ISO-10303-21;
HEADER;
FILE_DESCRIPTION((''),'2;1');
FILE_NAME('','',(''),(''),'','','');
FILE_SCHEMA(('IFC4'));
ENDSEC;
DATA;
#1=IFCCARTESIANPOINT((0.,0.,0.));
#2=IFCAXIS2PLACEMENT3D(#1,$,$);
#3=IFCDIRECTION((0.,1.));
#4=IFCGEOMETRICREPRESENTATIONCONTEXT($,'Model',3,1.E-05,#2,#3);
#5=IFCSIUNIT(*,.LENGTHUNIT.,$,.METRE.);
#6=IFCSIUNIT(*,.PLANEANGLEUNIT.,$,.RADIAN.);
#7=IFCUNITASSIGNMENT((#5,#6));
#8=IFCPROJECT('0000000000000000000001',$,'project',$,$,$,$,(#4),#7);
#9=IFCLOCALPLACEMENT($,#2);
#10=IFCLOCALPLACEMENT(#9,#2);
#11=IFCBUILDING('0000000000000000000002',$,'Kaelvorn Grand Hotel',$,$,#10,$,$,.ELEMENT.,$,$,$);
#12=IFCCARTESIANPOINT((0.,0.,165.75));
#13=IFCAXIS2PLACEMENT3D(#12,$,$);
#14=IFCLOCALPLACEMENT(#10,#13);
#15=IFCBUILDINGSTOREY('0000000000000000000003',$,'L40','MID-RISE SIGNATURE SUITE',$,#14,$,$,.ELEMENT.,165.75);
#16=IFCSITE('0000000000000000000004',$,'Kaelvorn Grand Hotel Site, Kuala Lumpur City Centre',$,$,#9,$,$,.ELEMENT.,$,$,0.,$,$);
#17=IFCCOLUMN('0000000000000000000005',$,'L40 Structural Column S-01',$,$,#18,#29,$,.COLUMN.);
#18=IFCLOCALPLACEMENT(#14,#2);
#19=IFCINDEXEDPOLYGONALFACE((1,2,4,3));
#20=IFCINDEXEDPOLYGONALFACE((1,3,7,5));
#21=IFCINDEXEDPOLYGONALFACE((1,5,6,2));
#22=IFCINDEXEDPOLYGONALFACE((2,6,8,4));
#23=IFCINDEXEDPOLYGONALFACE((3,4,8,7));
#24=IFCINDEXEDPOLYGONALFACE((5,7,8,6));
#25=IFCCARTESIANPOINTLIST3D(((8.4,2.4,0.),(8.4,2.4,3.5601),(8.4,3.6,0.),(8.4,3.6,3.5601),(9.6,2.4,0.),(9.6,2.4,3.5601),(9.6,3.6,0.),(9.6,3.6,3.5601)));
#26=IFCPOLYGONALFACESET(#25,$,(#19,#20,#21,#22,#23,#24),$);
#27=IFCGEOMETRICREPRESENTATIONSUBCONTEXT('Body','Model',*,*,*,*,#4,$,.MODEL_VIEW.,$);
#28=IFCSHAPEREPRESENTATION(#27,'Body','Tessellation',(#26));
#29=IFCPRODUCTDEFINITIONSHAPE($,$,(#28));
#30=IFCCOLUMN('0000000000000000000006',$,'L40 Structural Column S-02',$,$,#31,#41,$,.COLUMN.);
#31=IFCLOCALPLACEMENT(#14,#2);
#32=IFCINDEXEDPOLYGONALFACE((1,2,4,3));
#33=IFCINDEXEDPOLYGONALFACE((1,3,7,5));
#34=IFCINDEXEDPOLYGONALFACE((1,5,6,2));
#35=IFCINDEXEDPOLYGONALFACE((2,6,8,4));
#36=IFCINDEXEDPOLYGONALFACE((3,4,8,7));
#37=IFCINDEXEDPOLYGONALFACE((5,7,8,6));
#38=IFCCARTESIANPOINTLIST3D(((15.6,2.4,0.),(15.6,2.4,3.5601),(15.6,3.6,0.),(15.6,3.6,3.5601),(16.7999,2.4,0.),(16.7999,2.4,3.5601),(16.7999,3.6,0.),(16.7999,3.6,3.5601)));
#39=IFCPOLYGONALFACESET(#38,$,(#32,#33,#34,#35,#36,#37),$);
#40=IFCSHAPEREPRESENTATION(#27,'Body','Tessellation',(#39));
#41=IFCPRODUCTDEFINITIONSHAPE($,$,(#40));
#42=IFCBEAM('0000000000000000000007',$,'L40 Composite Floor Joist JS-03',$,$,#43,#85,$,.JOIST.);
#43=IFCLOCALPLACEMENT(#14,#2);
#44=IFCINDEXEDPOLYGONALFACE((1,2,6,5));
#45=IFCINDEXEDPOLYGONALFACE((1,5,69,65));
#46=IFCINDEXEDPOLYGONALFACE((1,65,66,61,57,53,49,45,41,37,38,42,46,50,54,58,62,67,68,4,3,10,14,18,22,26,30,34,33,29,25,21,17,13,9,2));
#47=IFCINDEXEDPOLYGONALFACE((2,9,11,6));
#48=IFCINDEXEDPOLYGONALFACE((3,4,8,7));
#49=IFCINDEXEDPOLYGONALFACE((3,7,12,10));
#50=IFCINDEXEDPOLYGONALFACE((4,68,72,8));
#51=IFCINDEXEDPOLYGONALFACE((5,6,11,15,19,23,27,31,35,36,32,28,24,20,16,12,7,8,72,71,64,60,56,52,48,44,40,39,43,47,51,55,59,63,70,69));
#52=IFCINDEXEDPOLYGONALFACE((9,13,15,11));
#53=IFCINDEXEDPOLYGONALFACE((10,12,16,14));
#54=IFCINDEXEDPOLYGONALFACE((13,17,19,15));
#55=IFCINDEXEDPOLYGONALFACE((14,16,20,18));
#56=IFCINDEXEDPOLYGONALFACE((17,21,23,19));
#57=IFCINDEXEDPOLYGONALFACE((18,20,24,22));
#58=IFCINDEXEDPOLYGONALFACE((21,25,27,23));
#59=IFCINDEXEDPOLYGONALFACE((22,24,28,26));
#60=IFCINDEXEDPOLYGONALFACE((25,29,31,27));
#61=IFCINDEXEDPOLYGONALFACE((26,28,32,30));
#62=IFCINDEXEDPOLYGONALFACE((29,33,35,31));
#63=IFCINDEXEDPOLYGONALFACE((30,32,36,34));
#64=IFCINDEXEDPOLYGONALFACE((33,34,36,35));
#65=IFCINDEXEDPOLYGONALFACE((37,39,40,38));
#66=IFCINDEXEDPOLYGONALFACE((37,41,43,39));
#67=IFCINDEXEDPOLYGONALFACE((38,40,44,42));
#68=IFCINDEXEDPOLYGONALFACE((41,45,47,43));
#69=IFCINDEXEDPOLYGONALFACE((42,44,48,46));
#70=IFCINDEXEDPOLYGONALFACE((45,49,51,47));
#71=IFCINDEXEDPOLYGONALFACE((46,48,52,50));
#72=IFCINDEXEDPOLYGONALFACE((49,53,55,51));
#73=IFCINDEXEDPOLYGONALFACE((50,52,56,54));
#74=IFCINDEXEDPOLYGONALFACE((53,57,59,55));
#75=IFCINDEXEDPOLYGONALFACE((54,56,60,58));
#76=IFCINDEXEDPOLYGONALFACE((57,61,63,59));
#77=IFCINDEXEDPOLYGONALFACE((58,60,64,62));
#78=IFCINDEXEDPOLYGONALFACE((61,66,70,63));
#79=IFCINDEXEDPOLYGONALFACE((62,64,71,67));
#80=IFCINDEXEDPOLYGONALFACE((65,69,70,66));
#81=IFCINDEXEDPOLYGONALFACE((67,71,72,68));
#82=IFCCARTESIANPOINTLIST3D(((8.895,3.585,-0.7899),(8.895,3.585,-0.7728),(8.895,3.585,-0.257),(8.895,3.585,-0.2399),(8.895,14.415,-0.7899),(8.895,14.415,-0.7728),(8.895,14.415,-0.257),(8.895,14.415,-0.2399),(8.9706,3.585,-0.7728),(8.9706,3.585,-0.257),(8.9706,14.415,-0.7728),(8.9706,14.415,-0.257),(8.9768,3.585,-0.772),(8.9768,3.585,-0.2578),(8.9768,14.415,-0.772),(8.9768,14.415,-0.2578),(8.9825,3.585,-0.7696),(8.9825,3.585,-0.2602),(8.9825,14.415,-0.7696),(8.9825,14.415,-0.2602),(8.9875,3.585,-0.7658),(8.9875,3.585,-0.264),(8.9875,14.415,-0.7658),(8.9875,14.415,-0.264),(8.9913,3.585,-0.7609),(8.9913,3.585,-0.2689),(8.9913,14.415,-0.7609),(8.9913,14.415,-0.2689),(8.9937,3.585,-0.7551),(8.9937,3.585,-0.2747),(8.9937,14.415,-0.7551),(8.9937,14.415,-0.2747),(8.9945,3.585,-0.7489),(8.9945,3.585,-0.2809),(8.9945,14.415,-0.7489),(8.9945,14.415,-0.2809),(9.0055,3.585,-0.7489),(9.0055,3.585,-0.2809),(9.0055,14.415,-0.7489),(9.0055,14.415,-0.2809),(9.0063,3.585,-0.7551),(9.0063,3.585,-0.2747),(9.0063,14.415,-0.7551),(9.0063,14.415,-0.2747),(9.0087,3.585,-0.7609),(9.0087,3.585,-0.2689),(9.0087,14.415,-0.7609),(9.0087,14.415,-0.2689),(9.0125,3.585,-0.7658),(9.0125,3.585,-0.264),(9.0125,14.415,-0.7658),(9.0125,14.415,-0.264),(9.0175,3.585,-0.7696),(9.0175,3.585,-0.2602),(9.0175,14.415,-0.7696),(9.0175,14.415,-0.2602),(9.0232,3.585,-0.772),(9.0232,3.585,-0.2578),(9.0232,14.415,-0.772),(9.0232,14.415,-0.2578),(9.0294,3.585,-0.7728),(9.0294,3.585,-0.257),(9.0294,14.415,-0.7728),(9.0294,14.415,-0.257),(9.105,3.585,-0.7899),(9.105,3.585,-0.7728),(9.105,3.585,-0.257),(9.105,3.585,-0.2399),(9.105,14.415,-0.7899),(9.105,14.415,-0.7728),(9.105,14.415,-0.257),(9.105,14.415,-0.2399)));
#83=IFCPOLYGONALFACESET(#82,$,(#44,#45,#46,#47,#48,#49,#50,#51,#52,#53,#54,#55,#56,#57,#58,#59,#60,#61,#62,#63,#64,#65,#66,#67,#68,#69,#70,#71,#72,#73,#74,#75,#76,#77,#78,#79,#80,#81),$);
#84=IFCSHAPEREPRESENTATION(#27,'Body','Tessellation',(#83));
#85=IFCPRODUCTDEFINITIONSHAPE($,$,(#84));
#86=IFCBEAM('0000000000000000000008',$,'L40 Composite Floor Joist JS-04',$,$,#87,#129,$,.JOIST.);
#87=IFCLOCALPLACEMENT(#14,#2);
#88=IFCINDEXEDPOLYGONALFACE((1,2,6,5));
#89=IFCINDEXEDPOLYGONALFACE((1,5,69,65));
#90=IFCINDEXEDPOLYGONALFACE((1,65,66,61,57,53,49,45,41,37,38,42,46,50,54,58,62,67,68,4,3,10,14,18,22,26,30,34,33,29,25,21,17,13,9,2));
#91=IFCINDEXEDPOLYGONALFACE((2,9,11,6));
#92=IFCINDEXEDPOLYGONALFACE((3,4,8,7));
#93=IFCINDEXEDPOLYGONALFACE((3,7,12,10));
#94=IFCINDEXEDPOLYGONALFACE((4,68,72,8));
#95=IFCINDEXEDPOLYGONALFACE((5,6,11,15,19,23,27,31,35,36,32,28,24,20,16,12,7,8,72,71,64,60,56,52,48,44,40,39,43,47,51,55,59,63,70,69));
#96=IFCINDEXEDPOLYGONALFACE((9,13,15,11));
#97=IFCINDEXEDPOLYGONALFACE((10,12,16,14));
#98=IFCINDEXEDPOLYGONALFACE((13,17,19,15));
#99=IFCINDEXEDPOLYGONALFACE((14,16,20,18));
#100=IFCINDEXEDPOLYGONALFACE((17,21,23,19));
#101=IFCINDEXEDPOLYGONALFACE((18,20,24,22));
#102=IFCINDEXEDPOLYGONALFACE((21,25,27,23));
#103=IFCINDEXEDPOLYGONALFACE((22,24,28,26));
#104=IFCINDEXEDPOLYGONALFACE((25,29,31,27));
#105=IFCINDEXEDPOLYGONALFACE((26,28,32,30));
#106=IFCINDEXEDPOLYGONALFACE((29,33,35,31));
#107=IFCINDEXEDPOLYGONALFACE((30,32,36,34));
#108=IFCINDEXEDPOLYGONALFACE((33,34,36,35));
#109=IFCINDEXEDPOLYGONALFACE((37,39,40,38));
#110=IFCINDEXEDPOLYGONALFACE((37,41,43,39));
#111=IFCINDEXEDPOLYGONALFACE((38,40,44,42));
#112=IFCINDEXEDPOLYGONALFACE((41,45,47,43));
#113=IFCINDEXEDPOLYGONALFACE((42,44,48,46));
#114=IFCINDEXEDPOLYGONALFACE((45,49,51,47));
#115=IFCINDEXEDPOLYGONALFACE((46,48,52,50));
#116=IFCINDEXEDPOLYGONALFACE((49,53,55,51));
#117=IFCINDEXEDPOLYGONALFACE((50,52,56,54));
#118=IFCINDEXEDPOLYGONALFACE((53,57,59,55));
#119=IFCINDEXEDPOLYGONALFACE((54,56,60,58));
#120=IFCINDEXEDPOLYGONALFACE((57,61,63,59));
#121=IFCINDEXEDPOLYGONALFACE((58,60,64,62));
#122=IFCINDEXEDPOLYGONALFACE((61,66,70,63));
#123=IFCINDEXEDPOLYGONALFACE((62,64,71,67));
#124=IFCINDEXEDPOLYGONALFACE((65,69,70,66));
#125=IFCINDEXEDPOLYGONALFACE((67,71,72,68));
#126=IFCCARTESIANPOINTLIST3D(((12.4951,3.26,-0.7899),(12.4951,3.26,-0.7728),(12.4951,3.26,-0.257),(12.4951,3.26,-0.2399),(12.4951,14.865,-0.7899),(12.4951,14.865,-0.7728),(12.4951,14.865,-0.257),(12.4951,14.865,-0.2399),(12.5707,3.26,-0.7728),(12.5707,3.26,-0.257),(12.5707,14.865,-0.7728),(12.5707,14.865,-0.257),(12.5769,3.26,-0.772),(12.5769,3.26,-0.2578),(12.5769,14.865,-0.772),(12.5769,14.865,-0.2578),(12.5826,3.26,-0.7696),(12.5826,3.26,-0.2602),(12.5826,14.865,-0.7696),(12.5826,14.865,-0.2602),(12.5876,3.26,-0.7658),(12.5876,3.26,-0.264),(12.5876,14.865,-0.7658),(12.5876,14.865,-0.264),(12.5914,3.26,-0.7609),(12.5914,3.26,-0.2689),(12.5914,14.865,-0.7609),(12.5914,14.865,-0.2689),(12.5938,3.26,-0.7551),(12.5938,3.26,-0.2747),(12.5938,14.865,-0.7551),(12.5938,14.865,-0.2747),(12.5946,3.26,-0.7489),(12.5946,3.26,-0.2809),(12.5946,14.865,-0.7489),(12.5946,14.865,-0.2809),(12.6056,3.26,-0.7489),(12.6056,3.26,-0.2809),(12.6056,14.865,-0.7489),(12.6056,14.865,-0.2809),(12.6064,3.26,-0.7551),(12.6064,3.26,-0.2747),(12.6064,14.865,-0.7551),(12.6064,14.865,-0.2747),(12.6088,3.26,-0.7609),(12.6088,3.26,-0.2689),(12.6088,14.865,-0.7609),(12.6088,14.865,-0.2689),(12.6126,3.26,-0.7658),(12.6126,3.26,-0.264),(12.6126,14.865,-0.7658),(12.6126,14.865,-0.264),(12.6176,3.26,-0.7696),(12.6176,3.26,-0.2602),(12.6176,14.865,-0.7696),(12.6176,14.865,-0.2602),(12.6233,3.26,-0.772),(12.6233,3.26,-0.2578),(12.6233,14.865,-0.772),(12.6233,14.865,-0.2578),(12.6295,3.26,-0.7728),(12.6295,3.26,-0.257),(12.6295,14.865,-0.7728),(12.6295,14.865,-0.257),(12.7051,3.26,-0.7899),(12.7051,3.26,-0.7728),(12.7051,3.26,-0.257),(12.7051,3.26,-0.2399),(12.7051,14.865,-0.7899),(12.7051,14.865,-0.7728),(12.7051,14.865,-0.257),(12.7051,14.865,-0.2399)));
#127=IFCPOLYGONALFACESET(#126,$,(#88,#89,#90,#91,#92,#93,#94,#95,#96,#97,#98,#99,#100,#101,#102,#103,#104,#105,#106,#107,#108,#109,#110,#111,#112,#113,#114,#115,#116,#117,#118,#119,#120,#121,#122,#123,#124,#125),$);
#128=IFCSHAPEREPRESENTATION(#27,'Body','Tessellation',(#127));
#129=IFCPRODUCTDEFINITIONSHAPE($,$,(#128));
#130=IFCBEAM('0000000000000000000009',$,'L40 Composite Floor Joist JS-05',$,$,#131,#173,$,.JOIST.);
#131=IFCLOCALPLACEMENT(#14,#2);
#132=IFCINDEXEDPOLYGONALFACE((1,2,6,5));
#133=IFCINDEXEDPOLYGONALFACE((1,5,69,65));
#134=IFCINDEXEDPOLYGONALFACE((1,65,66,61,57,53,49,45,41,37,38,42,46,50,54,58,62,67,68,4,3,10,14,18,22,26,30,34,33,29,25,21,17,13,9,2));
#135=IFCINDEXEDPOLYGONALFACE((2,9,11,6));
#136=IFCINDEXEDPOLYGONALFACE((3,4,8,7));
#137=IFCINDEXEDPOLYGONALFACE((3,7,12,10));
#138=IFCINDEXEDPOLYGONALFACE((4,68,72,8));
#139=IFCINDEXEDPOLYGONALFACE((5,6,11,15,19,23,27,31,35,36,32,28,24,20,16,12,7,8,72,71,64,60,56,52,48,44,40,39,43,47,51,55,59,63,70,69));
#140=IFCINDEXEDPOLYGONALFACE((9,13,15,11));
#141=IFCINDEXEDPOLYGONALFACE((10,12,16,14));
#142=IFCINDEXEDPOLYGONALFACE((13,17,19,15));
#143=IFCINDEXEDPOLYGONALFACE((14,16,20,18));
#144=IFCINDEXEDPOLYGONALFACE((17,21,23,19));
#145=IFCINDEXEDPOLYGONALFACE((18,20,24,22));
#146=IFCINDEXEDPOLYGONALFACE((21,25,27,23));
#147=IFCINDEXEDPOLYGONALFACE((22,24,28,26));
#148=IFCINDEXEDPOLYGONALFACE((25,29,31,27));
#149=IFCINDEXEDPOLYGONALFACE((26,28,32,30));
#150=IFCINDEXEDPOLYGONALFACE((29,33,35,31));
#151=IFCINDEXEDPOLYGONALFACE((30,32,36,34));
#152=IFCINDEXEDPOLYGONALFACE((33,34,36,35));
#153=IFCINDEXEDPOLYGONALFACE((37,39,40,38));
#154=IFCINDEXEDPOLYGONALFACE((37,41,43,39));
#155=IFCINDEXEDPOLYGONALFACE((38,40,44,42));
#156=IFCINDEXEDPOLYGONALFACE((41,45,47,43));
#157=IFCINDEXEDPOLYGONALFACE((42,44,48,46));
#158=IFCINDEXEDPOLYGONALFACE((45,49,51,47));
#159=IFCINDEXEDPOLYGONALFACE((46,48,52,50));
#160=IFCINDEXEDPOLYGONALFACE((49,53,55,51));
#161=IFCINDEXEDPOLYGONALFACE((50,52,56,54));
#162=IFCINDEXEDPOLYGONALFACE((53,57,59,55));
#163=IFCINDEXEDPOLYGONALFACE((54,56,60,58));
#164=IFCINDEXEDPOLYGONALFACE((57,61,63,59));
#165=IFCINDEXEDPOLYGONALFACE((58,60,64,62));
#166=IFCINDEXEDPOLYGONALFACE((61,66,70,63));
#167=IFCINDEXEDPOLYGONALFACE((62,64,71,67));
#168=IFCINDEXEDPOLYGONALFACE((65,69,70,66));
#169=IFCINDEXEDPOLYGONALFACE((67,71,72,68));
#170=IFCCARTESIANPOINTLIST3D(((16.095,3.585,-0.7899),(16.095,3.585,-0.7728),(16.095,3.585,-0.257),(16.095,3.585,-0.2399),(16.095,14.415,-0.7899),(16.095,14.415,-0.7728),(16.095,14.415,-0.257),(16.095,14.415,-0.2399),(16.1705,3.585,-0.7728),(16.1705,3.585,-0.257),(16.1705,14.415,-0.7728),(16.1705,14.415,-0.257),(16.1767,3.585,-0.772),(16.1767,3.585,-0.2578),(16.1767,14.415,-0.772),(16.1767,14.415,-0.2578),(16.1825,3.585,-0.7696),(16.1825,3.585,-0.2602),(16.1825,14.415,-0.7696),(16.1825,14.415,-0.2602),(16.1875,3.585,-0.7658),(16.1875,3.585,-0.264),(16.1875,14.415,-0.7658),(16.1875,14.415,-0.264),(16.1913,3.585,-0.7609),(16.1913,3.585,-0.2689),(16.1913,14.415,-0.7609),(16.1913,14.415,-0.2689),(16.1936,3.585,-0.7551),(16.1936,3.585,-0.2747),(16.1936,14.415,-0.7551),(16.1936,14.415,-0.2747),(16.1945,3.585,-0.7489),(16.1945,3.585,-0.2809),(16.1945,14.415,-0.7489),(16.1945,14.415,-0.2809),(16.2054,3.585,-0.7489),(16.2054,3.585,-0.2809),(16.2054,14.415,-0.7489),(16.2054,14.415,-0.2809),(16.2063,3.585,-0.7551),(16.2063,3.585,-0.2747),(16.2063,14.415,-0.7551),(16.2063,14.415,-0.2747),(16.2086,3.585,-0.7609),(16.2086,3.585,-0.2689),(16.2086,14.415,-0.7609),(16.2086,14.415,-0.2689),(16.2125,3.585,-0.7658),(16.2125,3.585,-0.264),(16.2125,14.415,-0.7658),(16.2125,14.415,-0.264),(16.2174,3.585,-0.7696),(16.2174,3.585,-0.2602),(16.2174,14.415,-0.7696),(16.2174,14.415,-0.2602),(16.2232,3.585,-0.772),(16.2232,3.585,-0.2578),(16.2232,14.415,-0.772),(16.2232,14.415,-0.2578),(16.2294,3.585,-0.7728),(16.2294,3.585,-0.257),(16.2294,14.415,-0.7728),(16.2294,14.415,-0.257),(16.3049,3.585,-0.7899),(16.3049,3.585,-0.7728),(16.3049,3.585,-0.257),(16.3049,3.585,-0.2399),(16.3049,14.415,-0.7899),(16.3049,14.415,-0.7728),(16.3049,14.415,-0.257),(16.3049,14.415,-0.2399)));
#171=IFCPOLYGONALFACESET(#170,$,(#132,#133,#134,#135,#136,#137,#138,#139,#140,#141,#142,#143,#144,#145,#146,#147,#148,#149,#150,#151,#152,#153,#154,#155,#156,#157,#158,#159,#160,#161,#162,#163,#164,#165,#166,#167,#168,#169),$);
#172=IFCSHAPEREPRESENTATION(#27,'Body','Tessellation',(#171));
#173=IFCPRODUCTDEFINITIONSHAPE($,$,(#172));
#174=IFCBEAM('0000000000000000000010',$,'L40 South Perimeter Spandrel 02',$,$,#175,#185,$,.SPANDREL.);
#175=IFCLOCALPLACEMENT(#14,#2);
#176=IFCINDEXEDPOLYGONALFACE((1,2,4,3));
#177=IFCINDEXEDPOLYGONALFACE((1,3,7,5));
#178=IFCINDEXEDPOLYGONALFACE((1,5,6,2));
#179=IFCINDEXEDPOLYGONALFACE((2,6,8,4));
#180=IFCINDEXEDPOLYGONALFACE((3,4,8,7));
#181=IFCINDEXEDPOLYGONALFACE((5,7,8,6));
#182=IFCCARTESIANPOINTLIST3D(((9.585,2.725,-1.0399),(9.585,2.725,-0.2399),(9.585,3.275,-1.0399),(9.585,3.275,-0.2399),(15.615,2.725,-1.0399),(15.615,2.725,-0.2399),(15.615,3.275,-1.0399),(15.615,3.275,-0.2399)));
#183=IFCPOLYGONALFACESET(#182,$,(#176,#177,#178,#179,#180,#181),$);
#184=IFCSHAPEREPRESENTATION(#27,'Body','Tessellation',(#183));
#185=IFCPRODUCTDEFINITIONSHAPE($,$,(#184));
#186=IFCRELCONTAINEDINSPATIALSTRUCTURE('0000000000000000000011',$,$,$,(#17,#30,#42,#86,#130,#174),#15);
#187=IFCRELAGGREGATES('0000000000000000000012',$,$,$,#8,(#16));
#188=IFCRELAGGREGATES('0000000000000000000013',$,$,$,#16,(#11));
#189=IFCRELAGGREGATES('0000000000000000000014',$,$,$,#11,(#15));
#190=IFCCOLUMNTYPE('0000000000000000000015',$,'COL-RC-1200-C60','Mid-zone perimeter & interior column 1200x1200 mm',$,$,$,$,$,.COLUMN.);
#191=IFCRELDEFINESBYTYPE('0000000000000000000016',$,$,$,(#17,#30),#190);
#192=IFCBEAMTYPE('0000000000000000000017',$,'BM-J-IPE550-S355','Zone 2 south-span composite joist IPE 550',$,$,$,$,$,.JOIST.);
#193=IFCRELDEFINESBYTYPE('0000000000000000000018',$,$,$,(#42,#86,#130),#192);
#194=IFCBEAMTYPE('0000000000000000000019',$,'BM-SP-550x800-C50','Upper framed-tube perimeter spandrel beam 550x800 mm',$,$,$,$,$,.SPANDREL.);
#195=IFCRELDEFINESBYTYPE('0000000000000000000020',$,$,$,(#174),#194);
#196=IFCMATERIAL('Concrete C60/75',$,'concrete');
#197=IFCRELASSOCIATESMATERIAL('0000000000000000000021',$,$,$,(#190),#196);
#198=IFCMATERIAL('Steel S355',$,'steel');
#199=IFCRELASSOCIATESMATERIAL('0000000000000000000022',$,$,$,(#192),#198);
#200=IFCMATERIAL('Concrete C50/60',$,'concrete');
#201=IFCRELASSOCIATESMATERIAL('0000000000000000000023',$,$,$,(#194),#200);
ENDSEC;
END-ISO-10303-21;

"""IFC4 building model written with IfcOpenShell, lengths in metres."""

from ifc_helpers import new_model, si_unit, direction, frame, origin, origin_2d, place, context, subcontext, project, spatial, rectangle, i_section, extrude, material, material_profile, profile_set, type_object, element, save


model = new_model("IFC4")

# Units and contexts
model_context = context("Model", 3, precision=1e-05, world=origin(), true_north=direction((0.0, 1.0)))
body_context = subcontext(model_context, "Body", "Model", "MODEL_VIEW")
ifc_project = project(units=[si_unit("LENGTHUNIT", "METRE"), si_unit("PLANEANGLEUNIT", "RADIAN")], contexts=[model_context])

# Site, building, storey
site_placement = place(None, origin())
site = spatial("IfcSite", under=ifc_project, at=site_placement, Name="Kaelvorn Grand Hotel Site, Kuala Lumpur City Centre", CompositionType="ELEMENT", RefElevation=0.0)
building_placement = place(site_placement, origin())
building = spatial("IfcBuilding", under=site, at=building_placement, Name="Kaelvorn Grand Hotel", CompositionType="ELEMENT")
storey_placement = place(building_placement, frame((0.0, 0.0, 165.75)))
storey = spatial("IfcBuildingStorey", under=building, at=storey_placement, Name="L40", Description="MID-RISE SIGNATURE SUITE", CompositionType="ELEMENT", Elevation=165.75)

# Columns
ifc_material_1 = material(Name="Concrete C60/75", Category="concrete")
ifc_material_profile_1 = material_profile(ifc_material_1, rectangle(XDim=1.2, YDim=1.2, at=origin_2d()), Name="RC COL 1200x1200")
ifc_profile_set_1 = profile_set([ifc_material_profile_1], Name="Concrete C60/75")
column_type = type_object("IfcColumnType", Name="COL-RC-1200-C60", Description="Mid-zone perimeter & interior column 1200x1200 mm", PredefinedType="COLUMN", material=ifc_profile_set_1)
for number, where, z_axis, x_axis, name in (
    (1, (9.0, 3.0, 0.0), (0.0, 0.0, 1.0), (1.0, 0.0, 0.0), "L40 Structural Column S-01"),
    (2, (16.2, 3.0, 0.0), (0.0, 0.0, 1.0), (1.0, 0.0, 0.0), "L40 Structural Column S-02"),
):
    element("IfcColumn", number, at=place(storey_placement, frame(where, z_axis=z_axis, x_axis=x_axis)), inside=storey, type_object=column_type, Name=name, PredefinedType="COLUMN", context=body_context, shape_type="SweptSolid", body=[
        extrude(rectangle(XDim=1.2, YDim=1.2, at=origin_2d()), origin(), (0.0, 0.0, 1.0), 3.5601),
    ])

# Beams
ifc_material_2 = material(Name="Steel S355", Category="steel")
ifc_material_profile_2 = material_profile(ifc_material_2, i_section(OverallWidth=0.21, OverallDepth=0.55, WebThickness=0.011, FlangeThickness=0.0171, FilletRadius=0.0239, at=origin_2d()), Name="IPE 550")
ifc_profile_set_2 = profile_set([ifc_material_profile_2], Name="Steel S355")
beam_type_1 = type_object("IfcBeamType", Name="BM-J-IPE550-S355", Description="Zone 2 south-span composite joist IPE 550", PredefinedType="JOIST", material=ifc_profile_set_2)
beam_1_placement = place(storey_placement, frame((9.0, 3.585, -0.5149), z_axis=(0.0, 1.0, 0.0), x_axis=(-1.0, 0.0, 0.0)))
element("IfcBeam", 3, at=beam_1_placement, inside=storey, type_object=beam_type_1, Name="L40 Composite Floor Joist JS-03", PredefinedType="JOIST", context=body_context, shape_type="SweptSolid", body=[
    extrude(i_section(OverallWidth=0.21, OverallDepth=0.55, WebThickness=0.011, FlangeThickness=0.0171, FilletRadius=0.0239, at=origin_2d()), origin(), (0.0, 0.0, 1.0), 10.8301),
])
beam_2_placement = place(storey_placement, frame((12.6001, 3.26, -0.5149), z_axis=(0.0, 1.0, 0.0), x_axis=(-1.0, 0.0, 0.0)))
element("IfcBeam", 4, at=beam_2_placement, inside=storey, type_object=beam_type_1, Name="L40 Composite Floor Joist JS-04", PredefinedType="JOIST", context=body_context, shape_type="SweptSolid", body=[
    extrude(i_section(OverallWidth=0.21, OverallDepth=0.55, WebThickness=0.011, FlangeThickness=0.0171, FilletRadius=0.0239, at=origin_2d()), origin(), (0.0, 0.0, 1.0), 11.605),
])
beam_3_placement = place(storey_placement, frame((16.2, 3.585, -0.5149), z_axis=(0.0, 1.0, 0.0), x_axis=(-1.0, 0.0, 0.0)))
element("IfcBeam", 5, at=beam_3_placement, inside=storey, type_object=beam_type_1, Name="L40 Composite Floor Joist JS-05", PredefinedType="JOIST", context=body_context, shape_type="SweptSolid", body=[
    extrude(i_section(OverallWidth=0.21, OverallDepth=0.55, WebThickness=0.011, FlangeThickness=0.0171, FilletRadius=0.0239, at=origin_2d()), origin(), (0.0, 0.0, 1.0), 10.8301),
])
ifc_material_3 = material(Name="Concrete C50/60", Category="concrete")
ifc_material_profile_3 = material_profile(ifc_material_3, rectangle(XDim=0.55, YDim=0.8, at=origin_2d()), Name="RC SPANDREL 550x800")
ifc_profile_set_3 = profile_set([ifc_material_profile_3], Name="Concrete C50/60")
beam_type_2 = type_object("IfcBeamType", Name="BM-SP-550x800-C50", Description="Upper framed-tube perimeter spandrel beam 550x800 mm", PredefinedType="SPANDREL", material=ifc_profile_set_3)
beam_4_placement = place(storey_placement, frame((9.585, 3.0, -0.6399), z_axis=(1.0, 0.0, 0.0), x_axis=(0.0, 1.0, 0.0)))
element("IfcBeam", 6, at=beam_4_placement, inside=storey, type_object=beam_type_2, Name="L40 South Perimeter Spandrel 02", PredefinedType="SPANDREL", context=body_context, shape_type="SweptSolid", body=[
    extrude(rectangle(XDim=0.55, YDim=0.8, at=origin_2d()), origin(), (0.0, 0.0, 1.0), 6.03),
])

save(model, "model.ifc")
